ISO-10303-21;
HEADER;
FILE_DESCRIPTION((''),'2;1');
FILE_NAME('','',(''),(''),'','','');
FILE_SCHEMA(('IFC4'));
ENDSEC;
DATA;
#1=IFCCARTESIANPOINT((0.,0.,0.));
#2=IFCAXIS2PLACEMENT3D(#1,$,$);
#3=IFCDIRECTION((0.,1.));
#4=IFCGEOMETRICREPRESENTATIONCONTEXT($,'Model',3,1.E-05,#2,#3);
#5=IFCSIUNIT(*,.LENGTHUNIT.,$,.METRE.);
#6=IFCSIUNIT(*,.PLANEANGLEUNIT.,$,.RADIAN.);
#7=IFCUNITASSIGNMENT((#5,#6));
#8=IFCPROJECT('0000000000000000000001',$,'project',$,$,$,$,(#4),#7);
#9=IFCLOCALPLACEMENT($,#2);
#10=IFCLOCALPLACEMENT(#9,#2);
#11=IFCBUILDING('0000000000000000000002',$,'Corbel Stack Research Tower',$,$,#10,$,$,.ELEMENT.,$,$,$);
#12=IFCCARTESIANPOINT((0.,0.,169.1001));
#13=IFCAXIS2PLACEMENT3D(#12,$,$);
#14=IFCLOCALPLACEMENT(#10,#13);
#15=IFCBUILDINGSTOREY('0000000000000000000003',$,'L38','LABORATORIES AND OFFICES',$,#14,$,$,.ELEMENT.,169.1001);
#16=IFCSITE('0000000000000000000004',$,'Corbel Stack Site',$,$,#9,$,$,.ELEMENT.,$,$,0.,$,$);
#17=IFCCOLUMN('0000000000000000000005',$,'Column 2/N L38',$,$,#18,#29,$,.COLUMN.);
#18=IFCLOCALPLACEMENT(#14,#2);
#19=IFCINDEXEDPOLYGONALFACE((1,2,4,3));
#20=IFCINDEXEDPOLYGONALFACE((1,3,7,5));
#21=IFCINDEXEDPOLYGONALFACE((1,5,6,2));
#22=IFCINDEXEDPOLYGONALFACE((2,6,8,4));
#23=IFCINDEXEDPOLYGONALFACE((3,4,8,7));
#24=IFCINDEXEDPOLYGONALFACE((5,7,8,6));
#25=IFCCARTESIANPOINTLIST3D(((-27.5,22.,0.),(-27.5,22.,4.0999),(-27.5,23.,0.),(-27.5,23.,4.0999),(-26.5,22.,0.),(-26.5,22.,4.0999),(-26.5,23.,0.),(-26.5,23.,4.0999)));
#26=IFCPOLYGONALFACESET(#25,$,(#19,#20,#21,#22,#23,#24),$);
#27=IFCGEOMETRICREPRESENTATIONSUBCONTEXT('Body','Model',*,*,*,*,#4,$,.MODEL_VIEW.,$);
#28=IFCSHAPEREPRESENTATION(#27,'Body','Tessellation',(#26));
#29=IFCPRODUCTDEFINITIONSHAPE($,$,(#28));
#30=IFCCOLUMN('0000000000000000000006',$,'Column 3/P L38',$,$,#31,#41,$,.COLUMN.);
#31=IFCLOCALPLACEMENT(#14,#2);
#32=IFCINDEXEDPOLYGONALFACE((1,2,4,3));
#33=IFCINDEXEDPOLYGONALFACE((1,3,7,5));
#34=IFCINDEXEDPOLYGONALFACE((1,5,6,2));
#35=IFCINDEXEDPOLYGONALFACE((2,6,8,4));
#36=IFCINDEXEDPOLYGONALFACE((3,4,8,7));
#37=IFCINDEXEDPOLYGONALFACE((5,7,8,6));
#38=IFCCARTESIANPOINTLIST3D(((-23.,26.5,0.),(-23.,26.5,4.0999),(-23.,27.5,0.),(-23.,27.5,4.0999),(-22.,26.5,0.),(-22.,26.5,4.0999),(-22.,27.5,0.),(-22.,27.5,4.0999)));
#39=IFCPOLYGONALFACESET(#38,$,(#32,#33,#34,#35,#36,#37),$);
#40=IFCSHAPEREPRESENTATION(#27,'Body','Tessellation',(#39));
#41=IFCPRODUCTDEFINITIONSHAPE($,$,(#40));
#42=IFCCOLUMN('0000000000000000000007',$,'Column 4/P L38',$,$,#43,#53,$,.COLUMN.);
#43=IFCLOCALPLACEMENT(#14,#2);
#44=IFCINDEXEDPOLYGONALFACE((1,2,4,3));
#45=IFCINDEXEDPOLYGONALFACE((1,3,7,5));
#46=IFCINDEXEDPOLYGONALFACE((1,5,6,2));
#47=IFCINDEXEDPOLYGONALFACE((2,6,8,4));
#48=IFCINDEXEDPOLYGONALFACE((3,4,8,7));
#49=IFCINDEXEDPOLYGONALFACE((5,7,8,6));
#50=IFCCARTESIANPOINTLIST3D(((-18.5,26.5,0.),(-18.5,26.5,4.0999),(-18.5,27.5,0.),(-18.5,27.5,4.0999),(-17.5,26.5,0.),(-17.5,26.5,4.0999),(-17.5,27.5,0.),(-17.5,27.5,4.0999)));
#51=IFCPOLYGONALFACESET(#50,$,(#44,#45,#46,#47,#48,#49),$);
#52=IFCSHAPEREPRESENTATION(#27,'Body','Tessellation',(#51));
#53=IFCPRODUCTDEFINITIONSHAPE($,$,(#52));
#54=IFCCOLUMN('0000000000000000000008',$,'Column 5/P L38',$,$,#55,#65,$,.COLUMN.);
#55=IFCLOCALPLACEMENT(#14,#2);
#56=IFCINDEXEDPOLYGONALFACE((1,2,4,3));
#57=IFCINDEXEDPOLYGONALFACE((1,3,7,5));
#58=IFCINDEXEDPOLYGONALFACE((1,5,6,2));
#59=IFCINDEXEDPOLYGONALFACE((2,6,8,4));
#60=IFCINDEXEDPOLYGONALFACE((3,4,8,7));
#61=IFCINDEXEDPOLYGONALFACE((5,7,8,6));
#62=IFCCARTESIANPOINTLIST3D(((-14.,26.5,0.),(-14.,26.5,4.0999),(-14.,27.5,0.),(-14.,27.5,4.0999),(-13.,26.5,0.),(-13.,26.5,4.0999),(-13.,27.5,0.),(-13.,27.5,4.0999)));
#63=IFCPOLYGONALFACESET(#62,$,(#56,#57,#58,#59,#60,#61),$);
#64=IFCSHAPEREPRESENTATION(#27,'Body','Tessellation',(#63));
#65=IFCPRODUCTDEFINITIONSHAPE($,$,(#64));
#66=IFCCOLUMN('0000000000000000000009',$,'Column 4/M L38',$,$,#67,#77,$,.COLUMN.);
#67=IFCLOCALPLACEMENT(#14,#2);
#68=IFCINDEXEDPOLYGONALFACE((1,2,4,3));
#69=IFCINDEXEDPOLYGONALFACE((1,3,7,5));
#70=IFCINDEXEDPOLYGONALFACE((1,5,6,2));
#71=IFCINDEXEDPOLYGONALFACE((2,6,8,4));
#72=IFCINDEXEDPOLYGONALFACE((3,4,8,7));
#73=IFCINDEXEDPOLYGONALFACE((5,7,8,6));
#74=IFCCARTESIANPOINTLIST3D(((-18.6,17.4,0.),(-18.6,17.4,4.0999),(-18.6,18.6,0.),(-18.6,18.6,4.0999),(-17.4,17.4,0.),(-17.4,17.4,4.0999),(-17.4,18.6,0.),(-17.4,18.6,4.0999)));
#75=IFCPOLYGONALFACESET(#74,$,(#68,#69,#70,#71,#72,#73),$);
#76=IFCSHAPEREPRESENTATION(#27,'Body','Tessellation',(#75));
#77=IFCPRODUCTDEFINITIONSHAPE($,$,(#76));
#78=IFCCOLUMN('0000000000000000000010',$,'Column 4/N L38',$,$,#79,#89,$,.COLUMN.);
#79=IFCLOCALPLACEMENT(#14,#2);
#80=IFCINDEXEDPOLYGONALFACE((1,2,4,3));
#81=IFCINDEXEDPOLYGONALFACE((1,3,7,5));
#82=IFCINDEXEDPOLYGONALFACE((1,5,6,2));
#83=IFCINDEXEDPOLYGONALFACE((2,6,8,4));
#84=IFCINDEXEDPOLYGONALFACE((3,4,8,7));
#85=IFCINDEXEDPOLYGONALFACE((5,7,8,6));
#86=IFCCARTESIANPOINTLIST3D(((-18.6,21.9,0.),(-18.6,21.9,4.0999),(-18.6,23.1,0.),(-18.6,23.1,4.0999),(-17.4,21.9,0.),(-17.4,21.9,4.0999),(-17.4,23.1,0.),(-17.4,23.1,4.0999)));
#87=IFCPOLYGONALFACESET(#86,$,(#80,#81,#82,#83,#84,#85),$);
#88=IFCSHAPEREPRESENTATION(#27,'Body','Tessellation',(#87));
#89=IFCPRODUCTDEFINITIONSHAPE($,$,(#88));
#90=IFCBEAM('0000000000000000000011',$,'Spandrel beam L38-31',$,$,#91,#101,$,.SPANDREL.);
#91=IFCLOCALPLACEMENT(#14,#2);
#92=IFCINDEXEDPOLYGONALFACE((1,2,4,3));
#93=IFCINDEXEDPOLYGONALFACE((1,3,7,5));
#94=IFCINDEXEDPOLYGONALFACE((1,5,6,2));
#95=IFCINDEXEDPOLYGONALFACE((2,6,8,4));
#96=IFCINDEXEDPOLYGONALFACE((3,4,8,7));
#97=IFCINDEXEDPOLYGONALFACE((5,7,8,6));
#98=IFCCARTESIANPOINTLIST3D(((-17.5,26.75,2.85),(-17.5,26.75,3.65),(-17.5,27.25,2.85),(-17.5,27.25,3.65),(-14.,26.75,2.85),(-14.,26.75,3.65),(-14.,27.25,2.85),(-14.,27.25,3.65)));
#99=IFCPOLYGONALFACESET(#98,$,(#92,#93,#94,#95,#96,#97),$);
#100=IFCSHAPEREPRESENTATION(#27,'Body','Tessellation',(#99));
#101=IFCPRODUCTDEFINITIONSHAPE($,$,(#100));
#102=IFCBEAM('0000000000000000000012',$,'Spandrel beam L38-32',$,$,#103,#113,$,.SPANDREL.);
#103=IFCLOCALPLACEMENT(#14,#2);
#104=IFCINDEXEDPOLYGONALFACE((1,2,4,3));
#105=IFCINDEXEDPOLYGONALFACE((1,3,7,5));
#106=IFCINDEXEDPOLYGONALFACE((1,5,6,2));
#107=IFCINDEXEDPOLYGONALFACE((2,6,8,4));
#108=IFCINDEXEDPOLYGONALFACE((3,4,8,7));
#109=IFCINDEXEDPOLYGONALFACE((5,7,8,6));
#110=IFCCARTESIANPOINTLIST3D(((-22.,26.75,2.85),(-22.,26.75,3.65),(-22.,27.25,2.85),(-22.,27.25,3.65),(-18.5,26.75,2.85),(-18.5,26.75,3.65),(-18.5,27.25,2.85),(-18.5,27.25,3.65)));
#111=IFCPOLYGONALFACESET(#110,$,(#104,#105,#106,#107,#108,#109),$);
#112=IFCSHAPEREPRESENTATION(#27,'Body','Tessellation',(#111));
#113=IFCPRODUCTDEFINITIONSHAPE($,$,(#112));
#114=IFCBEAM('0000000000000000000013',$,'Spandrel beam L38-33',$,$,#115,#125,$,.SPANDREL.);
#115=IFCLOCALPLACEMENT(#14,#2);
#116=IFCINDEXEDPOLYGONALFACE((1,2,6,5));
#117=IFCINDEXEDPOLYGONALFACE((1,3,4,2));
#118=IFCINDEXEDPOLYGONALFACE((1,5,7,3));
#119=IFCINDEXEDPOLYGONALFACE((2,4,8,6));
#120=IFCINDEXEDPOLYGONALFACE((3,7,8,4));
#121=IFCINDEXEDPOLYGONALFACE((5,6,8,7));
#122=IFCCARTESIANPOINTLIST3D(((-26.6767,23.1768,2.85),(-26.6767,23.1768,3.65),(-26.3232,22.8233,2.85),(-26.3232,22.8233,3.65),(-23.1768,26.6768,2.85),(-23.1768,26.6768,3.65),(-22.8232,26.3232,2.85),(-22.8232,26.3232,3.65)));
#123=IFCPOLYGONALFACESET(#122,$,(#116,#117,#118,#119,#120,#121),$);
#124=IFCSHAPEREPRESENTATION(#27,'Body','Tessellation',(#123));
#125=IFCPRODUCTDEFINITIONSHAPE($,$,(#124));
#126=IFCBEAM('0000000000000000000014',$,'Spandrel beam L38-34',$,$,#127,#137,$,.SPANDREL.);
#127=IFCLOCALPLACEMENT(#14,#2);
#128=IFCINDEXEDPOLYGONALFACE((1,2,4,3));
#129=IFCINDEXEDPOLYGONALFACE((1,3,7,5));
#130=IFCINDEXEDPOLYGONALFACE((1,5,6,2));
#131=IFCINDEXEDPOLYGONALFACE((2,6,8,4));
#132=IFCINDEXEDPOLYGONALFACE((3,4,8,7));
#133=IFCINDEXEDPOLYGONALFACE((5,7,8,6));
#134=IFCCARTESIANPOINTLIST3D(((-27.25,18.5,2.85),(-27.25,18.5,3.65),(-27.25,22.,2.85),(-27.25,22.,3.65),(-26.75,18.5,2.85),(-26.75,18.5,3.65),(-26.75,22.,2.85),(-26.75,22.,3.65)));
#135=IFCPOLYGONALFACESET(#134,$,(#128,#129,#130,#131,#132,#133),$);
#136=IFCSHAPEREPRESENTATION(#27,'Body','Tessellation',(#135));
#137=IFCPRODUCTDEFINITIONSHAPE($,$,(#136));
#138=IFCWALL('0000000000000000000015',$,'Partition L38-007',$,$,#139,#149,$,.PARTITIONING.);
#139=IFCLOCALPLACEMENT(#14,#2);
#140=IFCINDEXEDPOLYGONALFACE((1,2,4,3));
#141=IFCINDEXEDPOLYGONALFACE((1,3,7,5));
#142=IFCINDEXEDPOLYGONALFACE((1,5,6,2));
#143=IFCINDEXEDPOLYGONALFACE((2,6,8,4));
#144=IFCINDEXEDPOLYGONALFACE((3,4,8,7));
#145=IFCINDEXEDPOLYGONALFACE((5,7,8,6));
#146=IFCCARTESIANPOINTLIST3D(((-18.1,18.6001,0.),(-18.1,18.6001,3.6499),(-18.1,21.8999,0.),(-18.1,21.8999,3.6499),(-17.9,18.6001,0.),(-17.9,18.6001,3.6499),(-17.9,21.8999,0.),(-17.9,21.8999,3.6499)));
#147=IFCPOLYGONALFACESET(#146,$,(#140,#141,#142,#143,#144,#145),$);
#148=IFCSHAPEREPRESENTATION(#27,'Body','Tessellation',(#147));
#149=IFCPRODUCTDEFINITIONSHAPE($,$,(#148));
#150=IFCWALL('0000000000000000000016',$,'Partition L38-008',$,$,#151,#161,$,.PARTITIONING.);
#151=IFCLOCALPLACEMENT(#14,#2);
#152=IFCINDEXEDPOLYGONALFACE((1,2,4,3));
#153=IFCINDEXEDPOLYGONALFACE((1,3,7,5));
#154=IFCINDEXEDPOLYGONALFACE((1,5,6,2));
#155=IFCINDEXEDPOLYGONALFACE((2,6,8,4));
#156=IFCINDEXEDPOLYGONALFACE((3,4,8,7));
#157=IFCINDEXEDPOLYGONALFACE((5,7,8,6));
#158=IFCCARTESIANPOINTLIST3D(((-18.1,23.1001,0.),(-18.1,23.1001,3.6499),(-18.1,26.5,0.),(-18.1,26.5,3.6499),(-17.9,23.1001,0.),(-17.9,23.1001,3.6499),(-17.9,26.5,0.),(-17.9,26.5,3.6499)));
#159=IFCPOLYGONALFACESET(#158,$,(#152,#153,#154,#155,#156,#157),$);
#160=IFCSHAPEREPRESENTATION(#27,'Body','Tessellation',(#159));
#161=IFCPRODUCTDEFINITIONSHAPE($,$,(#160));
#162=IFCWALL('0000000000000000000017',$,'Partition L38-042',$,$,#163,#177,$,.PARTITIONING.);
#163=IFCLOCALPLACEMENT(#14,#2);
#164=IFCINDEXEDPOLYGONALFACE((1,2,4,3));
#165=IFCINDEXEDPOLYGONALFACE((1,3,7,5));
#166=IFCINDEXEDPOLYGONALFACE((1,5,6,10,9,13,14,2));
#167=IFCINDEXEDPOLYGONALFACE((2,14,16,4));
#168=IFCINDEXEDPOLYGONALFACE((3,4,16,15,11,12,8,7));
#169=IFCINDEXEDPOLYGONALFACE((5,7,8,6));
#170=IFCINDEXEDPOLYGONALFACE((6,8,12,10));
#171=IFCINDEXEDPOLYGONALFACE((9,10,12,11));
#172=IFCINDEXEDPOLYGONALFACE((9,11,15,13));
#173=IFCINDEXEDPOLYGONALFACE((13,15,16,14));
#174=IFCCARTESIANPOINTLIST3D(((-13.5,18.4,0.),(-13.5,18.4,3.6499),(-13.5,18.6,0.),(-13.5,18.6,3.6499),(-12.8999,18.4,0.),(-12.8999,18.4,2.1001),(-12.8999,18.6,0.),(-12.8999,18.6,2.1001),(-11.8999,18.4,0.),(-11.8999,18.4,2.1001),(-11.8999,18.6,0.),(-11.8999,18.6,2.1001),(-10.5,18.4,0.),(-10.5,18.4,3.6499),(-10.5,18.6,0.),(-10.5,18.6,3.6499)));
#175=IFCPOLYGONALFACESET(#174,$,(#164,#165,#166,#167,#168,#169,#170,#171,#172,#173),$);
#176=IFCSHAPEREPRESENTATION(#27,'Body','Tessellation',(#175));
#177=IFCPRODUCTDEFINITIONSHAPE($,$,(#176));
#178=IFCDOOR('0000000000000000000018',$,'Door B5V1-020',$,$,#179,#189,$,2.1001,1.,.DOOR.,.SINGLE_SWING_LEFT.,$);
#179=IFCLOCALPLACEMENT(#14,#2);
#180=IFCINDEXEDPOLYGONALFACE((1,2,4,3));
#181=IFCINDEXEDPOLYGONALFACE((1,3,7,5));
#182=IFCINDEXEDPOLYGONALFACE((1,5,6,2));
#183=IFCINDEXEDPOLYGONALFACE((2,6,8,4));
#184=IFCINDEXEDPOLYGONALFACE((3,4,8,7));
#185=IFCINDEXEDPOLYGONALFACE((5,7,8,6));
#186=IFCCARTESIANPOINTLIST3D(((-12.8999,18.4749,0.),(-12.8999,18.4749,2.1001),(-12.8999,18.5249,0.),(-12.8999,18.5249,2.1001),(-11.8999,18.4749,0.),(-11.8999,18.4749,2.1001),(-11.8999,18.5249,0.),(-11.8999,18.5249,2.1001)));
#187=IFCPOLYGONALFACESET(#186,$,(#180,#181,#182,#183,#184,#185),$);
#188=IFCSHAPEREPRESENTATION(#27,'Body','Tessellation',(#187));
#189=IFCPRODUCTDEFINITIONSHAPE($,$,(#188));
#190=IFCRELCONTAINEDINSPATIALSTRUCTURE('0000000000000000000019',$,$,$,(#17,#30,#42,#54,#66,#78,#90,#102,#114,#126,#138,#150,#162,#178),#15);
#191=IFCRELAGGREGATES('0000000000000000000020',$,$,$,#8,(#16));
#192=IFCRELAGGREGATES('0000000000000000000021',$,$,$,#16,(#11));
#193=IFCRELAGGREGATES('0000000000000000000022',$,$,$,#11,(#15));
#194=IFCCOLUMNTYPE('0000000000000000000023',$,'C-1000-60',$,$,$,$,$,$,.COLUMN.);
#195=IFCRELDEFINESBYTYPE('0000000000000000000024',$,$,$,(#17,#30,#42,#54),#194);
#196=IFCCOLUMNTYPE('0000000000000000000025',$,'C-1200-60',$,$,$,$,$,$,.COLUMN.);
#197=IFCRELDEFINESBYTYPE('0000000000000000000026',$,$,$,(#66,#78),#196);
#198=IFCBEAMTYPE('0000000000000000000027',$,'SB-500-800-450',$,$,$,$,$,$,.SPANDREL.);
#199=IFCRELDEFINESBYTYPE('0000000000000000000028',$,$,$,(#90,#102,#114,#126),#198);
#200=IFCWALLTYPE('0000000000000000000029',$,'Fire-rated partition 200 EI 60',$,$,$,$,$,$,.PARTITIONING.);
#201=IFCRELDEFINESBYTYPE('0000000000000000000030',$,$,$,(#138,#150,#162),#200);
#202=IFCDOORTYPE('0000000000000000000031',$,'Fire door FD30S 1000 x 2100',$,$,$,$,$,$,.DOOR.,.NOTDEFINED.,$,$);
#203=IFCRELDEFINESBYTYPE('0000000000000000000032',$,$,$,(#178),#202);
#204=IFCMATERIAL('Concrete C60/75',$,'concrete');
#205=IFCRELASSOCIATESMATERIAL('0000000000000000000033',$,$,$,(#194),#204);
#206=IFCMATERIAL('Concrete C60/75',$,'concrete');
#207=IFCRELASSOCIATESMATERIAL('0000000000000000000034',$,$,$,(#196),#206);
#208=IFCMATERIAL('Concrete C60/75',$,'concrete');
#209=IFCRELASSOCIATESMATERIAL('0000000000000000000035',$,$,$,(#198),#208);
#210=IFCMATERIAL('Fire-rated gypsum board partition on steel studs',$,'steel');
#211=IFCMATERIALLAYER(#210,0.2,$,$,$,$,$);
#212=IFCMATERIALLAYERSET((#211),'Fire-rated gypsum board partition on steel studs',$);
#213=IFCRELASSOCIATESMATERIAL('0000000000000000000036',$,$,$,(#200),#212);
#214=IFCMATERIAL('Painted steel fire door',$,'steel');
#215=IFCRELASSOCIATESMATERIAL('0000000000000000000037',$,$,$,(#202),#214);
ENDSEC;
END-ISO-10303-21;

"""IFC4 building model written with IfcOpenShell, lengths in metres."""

from ifc_helpers import new_model, si_unit, direction, frame, frame_2d, origin, origin_2d, place, context, subcontext, project, spatial, rectangle, extrude, material, layer, layer_set, material_profile, profile_set, type_object, element, fill, save


model = new_model("IFC4")

# Units and contexts
model_context = context("Model", 3, precision=1e-05, world=origin(), true_north=direction((0.0, 1.0)))
body_context = subcontext(model_context, "Body", "Model", "MODEL_VIEW")
ifc_project = project(units=[si_unit("LENGTHUNIT", "METRE"), si_unit("PLANEANGLEUNIT", "RADIAN")], contexts=[model_context])

# Site, building, storey
site_placement = place(None, origin())
site = spatial("IfcSite", under=ifc_project, at=site_placement, Name="Corbel Stack Site", CompositionType="ELEMENT", RefElevation=0.0)
building_placement = place(site_placement, origin())
building = spatial("IfcBuilding", under=site, at=building_placement, Name="Corbel Stack Research Tower", CompositionType="ELEMENT")
storey_placement = place(building_placement, frame((0.0, 0.0, 169.1001)))
storey = spatial("IfcBuildingStorey", under=building, at=storey_placement, Name="L38", Description="LABORATORIES AND OFFICES", CompositionType="ELEMENT", Elevation=169.1001)

# Columns
ifc_material_1 = material(Name="Concrete C60/75", Category="concrete")
ifc_material_profile_1 = material_profile(ifc_material_1, rectangle(XDim=1.0, YDim=1.0, at=origin_2d()), Name="RC 1000 x 1000")
ifc_profile_set_1 = profile_set([ifc_material_profile_1], Name="Concrete C60/75")
column_type_1 = type_object("IfcColumnType", Name="C-1000-60", PredefinedType="COLUMN", material=ifc_profile_set_1)
for number, where, z_axis, x_axis, name in (
    (1, (-27.0, 22.5, 0.0), (0.0, 0.0, 1.0), (1.0, 0.0, 0.0), "Column 2/N L38"),
    (2, (-22.5, 27.0, 0.0), (0.0, 0.0, 1.0), (1.0, 0.0, 0.0), "Column 3/P L38"),
    (3, (-18.0, 27.0, 0.0), (0.0, 0.0, 1.0), (1.0, 0.0, 0.0), "Column 4/P L38"),
    (4, (-13.5, 27.0, 0.0), (0.0, 0.0, 1.0), (1.0, 0.0, 0.0), "Column 5/P L38"),
):
    element("IfcColumn", number, at=place(storey_placement, frame(where, z_axis=z_axis, x_axis=x_axis)), inside=storey, type_object=column_type_1, Name=name, PredefinedType="COLUMN", context=body_context, shape_type="SweptSolid", body=[
        extrude(rectangle(XDim=1.0, YDim=1.0, at=origin_2d()), origin(), (0.0, 0.0, 1.0), 4.0999),
    ])
ifc_material_2 = material(Name="Concrete C60/75", Category="concrete")
ifc_material_profile_2 = material_profile(ifc_material_2, rectangle(XDim=1.2, YDim=1.2, at=origin_2d()), Name="RC 1200 x 1200")
ifc_profile_set_2 = profile_set([ifc_material_profile_2], Name="Concrete C60/75")
column_type_2 = type_object("IfcColumnType", Name="C-1200-60", PredefinedType="COLUMN", material=ifc_profile_set_2)
for number, where, z_axis, x_axis, name in (
    (5, (-18.0, 18.0, 0.0), (0.0, 0.0, 1.0), (1.0, 0.0, 0.0), "Column 4/M L38"),
    (6, (-18.0, 22.5, 0.0), (0.0, 0.0, 1.0), (1.0, 0.0, 0.0), "Column 4/N L38"),
):
    element("IfcColumn", number, at=place(storey_placement, frame(where, z_axis=z_axis, x_axis=x_axis)), inside=storey, type_object=column_type_2, Name=name, PredefinedType="COLUMN", context=body_context, shape_type="SweptSolid", body=[
        extrude(rectangle(XDim=1.2, YDim=1.2, at=origin_2d()), origin(), (0.0, 0.0, 1.0), 4.0999),
    ])

# Beams
ifc_material_3 = material(Name="Concrete C60/75", Category="concrete")
ifc_material_profile_3 = material_profile(ifc_material_3, rectangle(XDim=0.5, YDim=0.8, at=origin_2d()), Name="RC 500 x 800")
ifc_profile_set_3 = profile_set([ifc_material_profile_3], Name="Concrete C60/75")
beam_type = type_object("IfcBeamType", Name="SB-500-800-450", PredefinedType="SPANDREL", material=ifc_profile_set_3)
for number, where, z_axis, x_axis, name in (
    (7, (-14.0, 27.0, 3.25), (-1.0, 0.0, 0.0), (0.0, -1.0, 0.0), "Spandrel beam L38-31"),
    (8, (-18.5, 27.0, 3.25), (-1.0, 0.0, 0.0), (0.0, -1.0, 0.0), "Spandrel beam L38-32"),
):
    element("IfcBeam", number, at=place(storey_placement, frame(where, z_axis=z_axis, x_axis=x_axis)), inside=storey, type_object=beam_type, Name=name, PredefinedType="SPANDREL", context=body_context, shape_type="SweptSolid", body=[
        extrude(rectangle(XDim=0.5, YDim=0.8, at=origin_2d()), origin(), (0.0, 0.0, 1.0), 3.5),
    ])
beam_1_placement = place(storey_placement, frame((-23.0, 26.5, 3.25), z_axis=(-0.707107, -0.707107, 0.0), x_axis=(0.707107, -0.707107, 0.0)))
element("IfcBeam", 9, at=beam_1_placement, inside=storey, type_object=beam_type, Name="Spandrel beam L38-33", PredefinedType="SPANDREL", context=body_context, shape_type="SweptSolid", body=[
    extrude(rectangle(XDim=0.5, YDim=0.8, at=origin_2d()), origin(), (0.0, 0.0, 1.0), 4.9497),
])
beam_2_placement = place(storey_placement, frame((-27.0, 22.0, 3.25), z_axis=(0.0, -1.0, 0.0), x_axis=(1.0, 0.0, 0.0)))
element("IfcBeam", 10, at=beam_2_placement, inside=storey, type_object=beam_type, Name="Spandrel beam L38-34", PredefinedType="SPANDREL", context=body_context, shape_type="SweptSolid", body=[
    extrude(rectangle(XDim=0.5, YDim=0.8, at=origin_2d()), origin(), (0.0, 0.0, 1.0), 3.5),
])

# Walls
ifc_material_4 = material(Name="Fire-rated gypsum board partition on steel studs", Category="steel")
ifc_layer_1 = layer(ifc_material_4, 0.2)
ifc_layer_set_1 = layer_set([ifc_layer_1], Name="Fire-rated gypsum board partition on steel studs")
wall_type_1 = type_object("IfcWallType", Name="Fire-rated partition 200 EI 60", PredefinedType="PARTITIONING", material=ifc_layer_set_1)
wall_1_placement = place(storey_placement, frame((-18.0, 18.6001, 0.0), z_axis=(0.0, 0.0, 1.0), x_axis=(0.0, 1.0, 0.0)))
element("IfcWall", 11, at=wall_1_placement, inside=storey, type_object=wall_type_1, Name="Partition L38-007", PredefinedType="PARTITIONING", context=body_context, shape_type="SweptSolid", body=[
    extrude(rectangle(XDim=3.2998, YDim=0.2, at=frame_2d((1.6499, 0.0))), origin(), (0.0, 0.0, 1.0), 3.6499),
])
wall_2_placement = place(storey_placement, frame((-18.0, 23.1001, 0.0), z_axis=(0.0, 0.0, 1.0), x_axis=(0.0, 1.0, 0.0)))
element("IfcWall", 12, at=wall_2_placement, inside=storey, type_object=wall_type_1, Name="Partition L38-008", PredefinedType="PARTITIONING", context=body_context, shape_type="SweptSolid", body=[
    extrude(rectangle(XDim=3.3999, YDim=0.2, at=frame_2d((1.7, 0.0))), origin(), (0.0, 0.0, 1.0), 3.6499),
])

# Wall, opening, door
wall_3_placement = place(storey_placement, frame((-13.5, 18.5, 0.0), z_axis=(0.0, 0.0, 1.0), x_axis=(1.0, 0.0, 0.0)))
wall_3 = element("IfcWall", 13, at=wall_3_placement, inside=storey, type_object=wall_type_1, Name="Partition L38-042", PredefinedType="PARTITIONING", context=body_context, shape_type="SweptSolid", body=[
    extrude(rectangle(XDim=3.0, YDim=0.2, at=frame_2d((1.5, 0.0))), origin(), (0.0, 0.0, 1.0), 3.6499),
])
opening_1_placement = place(wall_3_placement, frame((0.6001, 0.0, 0.0)))
opening_1 = element("IfcOpeningElement", 14, at=opening_1_placement, cuts=wall_3, PredefinedType="OPENING", context=body_context, shape_type="SweptSolid", body=[
    extrude(rectangle(XDim=1.0, YDim=2.1001, at=frame_2d((0.5, 1.05))), frame((0.0, 0.1099, 0.0), z_axis=(0.0, -1.0, 0.0), x_axis=(1.0, 0.0, 0.0)), (0.0, 0.0, 1.0), 0.22),
])
ifc_material_5 = material(Name="Painted steel fire door", Category="steel")
door_type_1 = type_object("IfcDoorType", Name="Fire door FD30S 1000 x 2100", OperationType="NOTDEFINED", PredefinedType="DOOR", material=ifc_material_5)
door_1_placement = place(opening_1_placement, origin())
door_1 = element("IfcDoor", 15, at=door_1_placement, inside=storey, type_object=door_type_1, Name="Door B5V1-020", OperationType="SINGLE_SWING_LEFT", OverallHeight=2.1001, OverallWidth=1.0, PredefinedType="DOOR", context=body_context, shape_type="SweptSolid", body=[
    extrude(rectangle(XDim=1.0, YDim=2.1001, at=frame_2d((0.5, 1.05))), frame((0.0, 0.0249, 0.0), z_axis=(0.0, -1.0, 0.0), x_axis=(1.0, 0.0, 0.0)), (0.0, 0.0, 1.0), 0.05),
])
fill(opening_1, door_1)

save(model, "model.ifc")
